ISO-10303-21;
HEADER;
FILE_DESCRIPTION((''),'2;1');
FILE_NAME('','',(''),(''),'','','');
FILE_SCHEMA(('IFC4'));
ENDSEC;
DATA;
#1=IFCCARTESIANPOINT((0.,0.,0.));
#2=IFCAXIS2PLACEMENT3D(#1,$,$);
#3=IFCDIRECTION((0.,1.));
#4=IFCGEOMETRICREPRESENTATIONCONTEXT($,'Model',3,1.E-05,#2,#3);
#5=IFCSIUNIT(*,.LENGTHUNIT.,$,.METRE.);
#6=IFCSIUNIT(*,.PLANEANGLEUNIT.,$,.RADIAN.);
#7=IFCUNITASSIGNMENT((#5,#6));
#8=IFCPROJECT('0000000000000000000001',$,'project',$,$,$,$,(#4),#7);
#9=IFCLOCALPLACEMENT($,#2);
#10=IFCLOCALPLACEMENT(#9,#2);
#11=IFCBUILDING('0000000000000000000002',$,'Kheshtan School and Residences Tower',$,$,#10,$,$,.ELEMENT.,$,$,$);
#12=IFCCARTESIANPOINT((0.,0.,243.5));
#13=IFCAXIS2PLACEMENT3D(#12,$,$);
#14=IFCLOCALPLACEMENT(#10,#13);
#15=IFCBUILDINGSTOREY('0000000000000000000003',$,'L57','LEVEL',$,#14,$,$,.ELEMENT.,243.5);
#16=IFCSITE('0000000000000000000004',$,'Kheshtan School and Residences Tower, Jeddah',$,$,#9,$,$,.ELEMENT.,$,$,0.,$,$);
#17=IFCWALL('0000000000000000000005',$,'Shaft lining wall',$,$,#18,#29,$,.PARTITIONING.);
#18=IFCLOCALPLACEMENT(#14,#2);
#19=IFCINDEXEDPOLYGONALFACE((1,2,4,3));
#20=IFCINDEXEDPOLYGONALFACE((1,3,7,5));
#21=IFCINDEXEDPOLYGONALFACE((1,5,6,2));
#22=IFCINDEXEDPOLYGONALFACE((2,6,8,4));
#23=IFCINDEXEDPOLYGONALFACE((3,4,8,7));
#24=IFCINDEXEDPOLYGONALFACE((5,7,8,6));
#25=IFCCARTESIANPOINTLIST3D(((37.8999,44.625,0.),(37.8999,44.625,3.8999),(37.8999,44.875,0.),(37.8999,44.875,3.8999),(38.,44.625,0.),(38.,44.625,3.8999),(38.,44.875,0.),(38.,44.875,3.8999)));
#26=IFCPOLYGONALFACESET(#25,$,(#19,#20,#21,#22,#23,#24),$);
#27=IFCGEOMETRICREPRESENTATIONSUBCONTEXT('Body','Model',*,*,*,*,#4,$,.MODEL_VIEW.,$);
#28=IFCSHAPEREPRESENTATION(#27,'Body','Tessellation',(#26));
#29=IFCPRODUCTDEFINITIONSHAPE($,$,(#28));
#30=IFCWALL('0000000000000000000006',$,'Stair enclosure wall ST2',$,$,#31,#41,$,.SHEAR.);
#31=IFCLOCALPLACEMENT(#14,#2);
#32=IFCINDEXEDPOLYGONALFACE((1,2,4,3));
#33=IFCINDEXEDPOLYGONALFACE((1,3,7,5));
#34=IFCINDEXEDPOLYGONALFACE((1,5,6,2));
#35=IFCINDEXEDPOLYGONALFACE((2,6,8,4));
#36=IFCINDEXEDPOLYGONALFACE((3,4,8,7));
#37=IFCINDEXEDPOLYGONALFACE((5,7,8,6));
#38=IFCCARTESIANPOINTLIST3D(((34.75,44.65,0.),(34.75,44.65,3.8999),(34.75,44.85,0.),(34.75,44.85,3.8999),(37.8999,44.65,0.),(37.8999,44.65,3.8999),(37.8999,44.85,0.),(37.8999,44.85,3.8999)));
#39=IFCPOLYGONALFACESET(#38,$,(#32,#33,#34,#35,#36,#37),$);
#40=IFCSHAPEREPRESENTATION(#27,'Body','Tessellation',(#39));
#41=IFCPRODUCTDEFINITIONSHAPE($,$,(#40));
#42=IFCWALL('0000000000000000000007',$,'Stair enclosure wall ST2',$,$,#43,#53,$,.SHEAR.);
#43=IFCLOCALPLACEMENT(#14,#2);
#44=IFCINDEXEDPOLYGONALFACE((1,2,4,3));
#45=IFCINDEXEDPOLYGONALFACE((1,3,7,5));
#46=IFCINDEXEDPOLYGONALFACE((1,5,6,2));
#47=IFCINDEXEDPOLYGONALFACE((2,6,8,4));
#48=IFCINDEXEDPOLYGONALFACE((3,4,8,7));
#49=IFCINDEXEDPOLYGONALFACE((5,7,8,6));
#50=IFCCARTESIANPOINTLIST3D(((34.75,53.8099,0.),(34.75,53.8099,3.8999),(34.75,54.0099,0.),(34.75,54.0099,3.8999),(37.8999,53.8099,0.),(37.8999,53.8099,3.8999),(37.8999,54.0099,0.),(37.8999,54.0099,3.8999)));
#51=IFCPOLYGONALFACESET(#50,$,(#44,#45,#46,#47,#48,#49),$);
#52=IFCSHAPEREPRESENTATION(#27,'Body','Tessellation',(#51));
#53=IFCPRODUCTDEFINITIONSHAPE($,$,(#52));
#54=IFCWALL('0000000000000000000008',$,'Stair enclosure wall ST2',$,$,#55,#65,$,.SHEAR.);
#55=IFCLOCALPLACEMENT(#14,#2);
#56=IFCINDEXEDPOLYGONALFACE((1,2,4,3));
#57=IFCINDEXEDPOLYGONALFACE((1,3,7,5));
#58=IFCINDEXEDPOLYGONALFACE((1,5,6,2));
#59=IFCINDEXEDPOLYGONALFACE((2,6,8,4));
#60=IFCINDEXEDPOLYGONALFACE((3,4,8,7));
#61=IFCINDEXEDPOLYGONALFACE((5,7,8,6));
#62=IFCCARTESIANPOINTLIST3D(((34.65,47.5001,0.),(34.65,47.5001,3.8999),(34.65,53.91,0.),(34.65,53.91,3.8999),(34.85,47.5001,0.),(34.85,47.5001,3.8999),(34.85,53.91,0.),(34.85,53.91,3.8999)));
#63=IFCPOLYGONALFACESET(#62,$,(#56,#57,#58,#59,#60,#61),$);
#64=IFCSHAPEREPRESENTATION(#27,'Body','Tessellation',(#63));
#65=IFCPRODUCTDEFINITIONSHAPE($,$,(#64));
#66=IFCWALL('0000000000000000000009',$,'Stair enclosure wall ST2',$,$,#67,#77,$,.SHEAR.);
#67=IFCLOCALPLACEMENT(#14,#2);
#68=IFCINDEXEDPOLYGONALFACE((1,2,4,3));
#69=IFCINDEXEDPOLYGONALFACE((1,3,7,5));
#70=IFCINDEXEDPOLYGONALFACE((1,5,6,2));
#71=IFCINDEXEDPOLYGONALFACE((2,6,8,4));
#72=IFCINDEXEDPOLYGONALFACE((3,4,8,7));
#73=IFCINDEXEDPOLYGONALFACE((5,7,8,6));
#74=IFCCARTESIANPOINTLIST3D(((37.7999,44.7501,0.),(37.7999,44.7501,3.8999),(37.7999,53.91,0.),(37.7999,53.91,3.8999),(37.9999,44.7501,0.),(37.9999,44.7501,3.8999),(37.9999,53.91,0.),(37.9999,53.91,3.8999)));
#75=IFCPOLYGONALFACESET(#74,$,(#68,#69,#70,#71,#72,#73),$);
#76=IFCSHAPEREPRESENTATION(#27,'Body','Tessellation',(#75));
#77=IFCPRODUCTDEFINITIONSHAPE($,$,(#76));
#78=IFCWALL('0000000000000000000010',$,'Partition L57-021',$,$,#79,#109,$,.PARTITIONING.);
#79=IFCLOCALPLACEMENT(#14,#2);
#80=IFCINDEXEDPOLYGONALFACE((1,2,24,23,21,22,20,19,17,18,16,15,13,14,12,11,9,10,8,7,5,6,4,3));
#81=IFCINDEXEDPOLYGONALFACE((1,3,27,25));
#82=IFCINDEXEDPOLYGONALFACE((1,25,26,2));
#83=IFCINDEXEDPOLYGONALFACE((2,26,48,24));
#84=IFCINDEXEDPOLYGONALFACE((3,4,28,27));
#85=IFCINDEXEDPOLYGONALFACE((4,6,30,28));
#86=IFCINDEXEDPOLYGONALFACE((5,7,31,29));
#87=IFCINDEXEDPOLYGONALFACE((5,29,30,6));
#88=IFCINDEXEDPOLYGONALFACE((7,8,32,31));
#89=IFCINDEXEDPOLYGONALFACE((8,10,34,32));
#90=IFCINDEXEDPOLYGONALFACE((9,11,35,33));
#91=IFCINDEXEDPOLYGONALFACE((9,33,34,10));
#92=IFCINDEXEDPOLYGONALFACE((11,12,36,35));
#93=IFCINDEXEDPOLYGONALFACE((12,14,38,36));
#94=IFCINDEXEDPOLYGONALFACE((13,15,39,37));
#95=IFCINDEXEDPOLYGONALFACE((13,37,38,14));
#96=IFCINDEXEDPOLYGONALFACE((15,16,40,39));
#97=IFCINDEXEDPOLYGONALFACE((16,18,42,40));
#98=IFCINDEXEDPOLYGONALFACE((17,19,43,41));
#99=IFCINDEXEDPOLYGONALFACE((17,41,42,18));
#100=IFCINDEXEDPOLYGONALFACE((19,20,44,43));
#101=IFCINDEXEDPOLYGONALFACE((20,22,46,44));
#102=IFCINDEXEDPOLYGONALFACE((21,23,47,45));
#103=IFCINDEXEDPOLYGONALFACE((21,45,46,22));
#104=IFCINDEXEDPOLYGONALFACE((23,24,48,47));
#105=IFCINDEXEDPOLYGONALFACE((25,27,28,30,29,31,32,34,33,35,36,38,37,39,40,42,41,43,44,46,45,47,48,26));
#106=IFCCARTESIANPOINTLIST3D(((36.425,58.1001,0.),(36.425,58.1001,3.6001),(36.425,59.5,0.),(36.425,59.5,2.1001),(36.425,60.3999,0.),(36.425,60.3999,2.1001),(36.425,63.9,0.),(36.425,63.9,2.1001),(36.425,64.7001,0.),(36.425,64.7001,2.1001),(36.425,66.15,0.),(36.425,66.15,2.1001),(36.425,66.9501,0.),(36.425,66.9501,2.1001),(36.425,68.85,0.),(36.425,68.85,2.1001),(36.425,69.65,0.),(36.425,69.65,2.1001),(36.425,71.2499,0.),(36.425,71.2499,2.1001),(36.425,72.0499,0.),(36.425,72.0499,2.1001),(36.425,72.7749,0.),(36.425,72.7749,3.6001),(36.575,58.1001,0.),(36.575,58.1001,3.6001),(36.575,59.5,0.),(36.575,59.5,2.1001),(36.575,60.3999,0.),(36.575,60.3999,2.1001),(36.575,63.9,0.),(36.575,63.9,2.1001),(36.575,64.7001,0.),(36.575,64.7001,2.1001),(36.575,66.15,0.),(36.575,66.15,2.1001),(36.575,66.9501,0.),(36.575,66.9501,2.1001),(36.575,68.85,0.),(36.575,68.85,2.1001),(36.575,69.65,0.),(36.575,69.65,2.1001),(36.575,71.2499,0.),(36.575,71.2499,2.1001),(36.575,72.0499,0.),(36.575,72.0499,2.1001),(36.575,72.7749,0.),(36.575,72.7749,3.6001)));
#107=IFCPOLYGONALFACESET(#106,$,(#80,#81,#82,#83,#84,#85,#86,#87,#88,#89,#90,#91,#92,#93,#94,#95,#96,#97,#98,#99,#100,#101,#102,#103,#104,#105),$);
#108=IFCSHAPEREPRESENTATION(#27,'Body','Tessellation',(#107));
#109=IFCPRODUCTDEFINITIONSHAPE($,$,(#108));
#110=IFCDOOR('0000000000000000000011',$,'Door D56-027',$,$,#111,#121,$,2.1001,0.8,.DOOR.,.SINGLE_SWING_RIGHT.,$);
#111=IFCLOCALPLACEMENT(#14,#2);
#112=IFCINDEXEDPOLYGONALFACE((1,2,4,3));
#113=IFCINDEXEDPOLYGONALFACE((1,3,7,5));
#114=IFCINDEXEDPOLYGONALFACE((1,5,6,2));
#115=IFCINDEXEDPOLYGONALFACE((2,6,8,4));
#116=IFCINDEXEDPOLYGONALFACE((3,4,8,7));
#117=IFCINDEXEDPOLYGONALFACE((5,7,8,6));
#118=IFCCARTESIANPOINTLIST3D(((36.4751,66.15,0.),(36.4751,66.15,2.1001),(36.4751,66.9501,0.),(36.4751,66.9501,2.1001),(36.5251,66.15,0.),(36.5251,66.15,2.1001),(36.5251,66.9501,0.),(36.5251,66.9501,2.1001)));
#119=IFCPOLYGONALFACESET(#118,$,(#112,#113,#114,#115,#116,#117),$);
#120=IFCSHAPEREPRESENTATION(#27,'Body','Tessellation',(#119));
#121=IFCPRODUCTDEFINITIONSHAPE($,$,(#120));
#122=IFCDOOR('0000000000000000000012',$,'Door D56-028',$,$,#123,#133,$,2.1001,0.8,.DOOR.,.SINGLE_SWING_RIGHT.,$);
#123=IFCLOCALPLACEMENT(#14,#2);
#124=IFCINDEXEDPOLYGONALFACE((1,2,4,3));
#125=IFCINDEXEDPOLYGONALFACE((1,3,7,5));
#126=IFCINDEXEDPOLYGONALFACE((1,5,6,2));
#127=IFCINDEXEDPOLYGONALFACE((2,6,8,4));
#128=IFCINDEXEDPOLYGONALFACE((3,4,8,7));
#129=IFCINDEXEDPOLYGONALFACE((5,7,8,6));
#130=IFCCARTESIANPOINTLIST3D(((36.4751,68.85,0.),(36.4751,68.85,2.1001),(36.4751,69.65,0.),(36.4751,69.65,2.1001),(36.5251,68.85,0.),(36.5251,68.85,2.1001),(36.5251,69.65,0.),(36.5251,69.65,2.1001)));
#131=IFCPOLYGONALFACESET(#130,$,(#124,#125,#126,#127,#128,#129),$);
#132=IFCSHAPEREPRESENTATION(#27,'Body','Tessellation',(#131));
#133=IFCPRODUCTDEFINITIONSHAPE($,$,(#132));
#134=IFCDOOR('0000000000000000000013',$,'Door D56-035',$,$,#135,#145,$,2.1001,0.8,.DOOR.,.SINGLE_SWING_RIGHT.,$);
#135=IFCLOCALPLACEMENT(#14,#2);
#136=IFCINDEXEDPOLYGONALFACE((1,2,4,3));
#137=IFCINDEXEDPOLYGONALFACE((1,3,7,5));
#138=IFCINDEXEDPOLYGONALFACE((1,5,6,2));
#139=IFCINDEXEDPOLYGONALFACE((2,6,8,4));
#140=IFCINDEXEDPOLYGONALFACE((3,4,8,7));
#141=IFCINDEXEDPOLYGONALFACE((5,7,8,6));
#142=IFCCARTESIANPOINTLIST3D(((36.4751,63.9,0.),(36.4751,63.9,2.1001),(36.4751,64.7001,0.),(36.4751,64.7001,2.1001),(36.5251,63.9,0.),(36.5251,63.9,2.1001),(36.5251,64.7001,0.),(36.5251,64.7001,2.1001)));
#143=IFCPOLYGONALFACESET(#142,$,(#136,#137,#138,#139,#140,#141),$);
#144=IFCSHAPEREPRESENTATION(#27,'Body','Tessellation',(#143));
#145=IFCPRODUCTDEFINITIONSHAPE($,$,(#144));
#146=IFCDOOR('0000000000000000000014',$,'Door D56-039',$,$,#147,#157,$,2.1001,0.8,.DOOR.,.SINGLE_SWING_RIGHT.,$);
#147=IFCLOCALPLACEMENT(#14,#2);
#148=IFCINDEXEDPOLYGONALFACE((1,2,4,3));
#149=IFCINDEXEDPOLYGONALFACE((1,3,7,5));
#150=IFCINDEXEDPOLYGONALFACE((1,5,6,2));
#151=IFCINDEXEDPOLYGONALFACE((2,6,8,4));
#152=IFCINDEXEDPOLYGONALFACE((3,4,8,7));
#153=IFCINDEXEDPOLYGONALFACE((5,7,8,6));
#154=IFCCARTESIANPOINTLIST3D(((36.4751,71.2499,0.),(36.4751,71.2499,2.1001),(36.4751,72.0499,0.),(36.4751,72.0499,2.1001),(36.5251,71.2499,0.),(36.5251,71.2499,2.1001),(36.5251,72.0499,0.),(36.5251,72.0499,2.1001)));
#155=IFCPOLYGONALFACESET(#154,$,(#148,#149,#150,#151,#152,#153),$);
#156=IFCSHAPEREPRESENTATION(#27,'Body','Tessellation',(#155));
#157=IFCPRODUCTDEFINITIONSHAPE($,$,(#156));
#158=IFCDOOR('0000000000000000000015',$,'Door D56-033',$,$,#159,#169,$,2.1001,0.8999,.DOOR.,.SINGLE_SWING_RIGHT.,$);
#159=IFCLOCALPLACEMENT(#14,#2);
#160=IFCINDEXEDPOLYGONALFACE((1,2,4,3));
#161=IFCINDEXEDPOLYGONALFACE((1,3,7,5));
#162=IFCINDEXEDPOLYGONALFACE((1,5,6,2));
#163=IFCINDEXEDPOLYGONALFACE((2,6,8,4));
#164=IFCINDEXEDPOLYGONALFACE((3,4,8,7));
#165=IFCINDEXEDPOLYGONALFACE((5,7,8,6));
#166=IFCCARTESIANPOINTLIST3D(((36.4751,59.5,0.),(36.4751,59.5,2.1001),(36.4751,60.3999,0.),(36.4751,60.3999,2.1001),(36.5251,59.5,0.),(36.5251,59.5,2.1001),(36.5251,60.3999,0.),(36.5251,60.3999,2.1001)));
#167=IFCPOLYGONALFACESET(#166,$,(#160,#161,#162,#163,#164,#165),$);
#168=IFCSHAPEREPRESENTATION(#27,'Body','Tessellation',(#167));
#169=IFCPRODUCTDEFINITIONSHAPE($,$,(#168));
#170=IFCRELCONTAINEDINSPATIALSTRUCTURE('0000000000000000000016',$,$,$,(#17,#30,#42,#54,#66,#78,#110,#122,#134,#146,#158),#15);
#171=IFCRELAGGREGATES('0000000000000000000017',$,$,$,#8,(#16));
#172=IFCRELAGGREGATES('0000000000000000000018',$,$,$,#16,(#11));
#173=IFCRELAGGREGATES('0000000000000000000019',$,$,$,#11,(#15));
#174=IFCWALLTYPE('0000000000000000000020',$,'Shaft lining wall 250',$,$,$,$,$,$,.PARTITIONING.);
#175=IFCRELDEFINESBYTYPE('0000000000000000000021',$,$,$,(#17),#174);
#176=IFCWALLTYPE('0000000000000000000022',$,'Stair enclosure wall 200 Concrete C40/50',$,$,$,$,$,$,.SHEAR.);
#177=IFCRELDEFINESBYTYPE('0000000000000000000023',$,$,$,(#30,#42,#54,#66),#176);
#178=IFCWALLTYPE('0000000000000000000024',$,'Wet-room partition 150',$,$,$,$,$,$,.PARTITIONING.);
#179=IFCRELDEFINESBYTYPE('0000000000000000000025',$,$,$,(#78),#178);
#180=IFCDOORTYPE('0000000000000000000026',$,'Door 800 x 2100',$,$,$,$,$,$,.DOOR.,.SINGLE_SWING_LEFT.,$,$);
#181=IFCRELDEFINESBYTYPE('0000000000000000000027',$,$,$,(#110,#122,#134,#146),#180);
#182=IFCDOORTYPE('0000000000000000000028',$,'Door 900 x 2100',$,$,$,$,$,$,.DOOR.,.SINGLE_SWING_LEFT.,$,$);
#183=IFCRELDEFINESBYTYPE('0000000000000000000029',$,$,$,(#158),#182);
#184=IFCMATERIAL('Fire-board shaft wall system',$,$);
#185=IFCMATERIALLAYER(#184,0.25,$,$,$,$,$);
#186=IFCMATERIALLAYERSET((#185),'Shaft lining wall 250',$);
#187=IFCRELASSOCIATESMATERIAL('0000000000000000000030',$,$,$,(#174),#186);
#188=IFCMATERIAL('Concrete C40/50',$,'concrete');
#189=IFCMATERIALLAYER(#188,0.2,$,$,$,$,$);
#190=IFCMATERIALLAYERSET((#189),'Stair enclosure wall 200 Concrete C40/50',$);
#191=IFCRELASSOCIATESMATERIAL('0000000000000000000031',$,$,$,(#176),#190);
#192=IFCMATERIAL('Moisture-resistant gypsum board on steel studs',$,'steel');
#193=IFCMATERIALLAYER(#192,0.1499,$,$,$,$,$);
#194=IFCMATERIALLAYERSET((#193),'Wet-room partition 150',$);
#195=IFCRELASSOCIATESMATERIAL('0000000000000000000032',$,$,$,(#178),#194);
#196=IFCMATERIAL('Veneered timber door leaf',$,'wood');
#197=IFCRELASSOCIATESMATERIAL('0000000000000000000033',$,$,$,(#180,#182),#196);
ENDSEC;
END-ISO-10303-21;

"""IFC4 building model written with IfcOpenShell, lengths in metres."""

from ifc_helpers import new_model, si_unit, direction, frame, frame_2d, origin, place, context, subcontext, project, spatial, rectangle, extrude, source, transform, mapped, material, layer, layer_set, type_object, element, fill, save


model = new_model("IFC4")

# Units and contexts
model_context = context("Model", 3, precision=1e-05, world=origin(), true_north=direction((0.0, 1.0)))
body_context = subcontext(model_context, "Body", "Model", "MODEL_VIEW")
ifc_project = project(units=[si_unit("LENGTHUNIT", "METRE"), si_unit("PLANEANGLEUNIT", "RADIAN")], contexts=[model_context])

# Site, building, storey
site_placement = place(None, origin())
site = spatial("IfcSite", under=ifc_project, at=site_placement, Name="Kheshtan School and Residences Tower, Jeddah", CompositionType="ELEMENT", RefElevation=0.0)
building_placement = place(site_placement, origin())
building = spatial("IfcBuilding", under=site, at=building_placement, Name="Kheshtan School and Residences Tower", CompositionType="ELEMENT")
storey_placement = place(building_placement, frame((0.0, 0.0, 243.5)))
storey = spatial("IfcBuildingStorey", under=building, at=storey_placement, Name="L57", Description="LEVEL", CompositionType="ELEMENT", Elevation=243.5)

# Walls
ifc_material_1 = material(Name="Fire-board shaft wall system")
ifc_layer_1 = layer(ifc_material_1, 0.25)
ifc_layer_set_1 = layer_set([ifc_layer_1], Name="Shaft lining wall 250")
wall_type_1 = type_object("IfcWallType", Name="Shaft lining wall 250", PredefinedType="PARTITIONING", material=ifc_layer_set_1)
wall_1_placement = place(storey_placement, frame((37.8999, 44.75, 0.0), z_axis=(0.0, 0.0, 1.0), x_axis=(1.0, 0.0, 0.0)))
element("IfcWall", 1, at=wall_1_placement, inside=storey, type_object=wall_type_1, Name="Shaft lining wall", PredefinedType="PARTITIONING", context=body_context, shape_type="SweptSolid", body=[
    extrude(rectangle(XDim=0.1001, YDim=0.25, at=frame_2d((0.05, 0.0))), origin(), (0.0, 0.0, 1.0), 3.8999),
])
ifc_material_2 = material(Name="Concrete C40/50", Category="concrete")
ifc_layer_2 = layer(ifc_material_2, 0.2)
ifc_layer_set_2 = layer_set([ifc_layer_2], Name="Stair enclosure wall 200 Concrete C40/50")
wall_type_2 = type_object("IfcWallType", Name="Stair enclosure wall 200 Concrete C40/50", PredefinedType="SHEAR", material=ifc_layer_set_2)
for number, where, z_axis, x_axis, name in (
    (2, (34.75, 44.75, 0.0), (0.0, 0.0, 1.0), (1.0, 0.0, 0.0), "Stair enclosure wall ST2"),
    (3, (34.75, 53.9099, 0.0), (0.0, 0.0, 1.0), (1.0, 0.0, 0.0), "Stair enclosure wall ST2"),
):
    element("IfcWall", number, at=place(storey_placement, frame(where, z_axis=z_axis, x_axis=x_axis)), inside=storey, type_object=wall_type_2, Name=name, PredefinedType="SHEAR", context=body_context, shape_type="SweptSolid", body=[
        extrude(rectangle(XDim=3.1499, YDim=0.2, at=frame_2d((1.575, 0.0))), origin(), (0.0, 0.0, 1.0), 3.8999),
    ])
wall_2_placement = place(storey_placement, frame((34.75, 47.5, 0.0), z_axis=(0.0, 0.0, 1.0), x_axis=(0.0, 1.0, 0.0)))
element("IfcWall", 4, at=wall_2_placement, inside=storey, type_object=wall_type_2, Name="Stair enclosure wall ST2", PredefinedType="SHEAR", context=body_context, shape_type="SweptSolid", body=[
    extrude(rectangle(XDim=6.4099, YDim=0.2, at=frame_2d((3.2051, 0.0))), origin(), (0.0, 0.0, 1.0), 3.8999),
])
wall_3_placement = place(storey_placement, frame((37.8999, 44.75, 0.0), z_axis=(0.0, 0.0, 1.0), x_axis=(0.0, 1.0, 0.0)))
element("IfcWall", 5, at=wall_3_placement, inside=storey, type_object=wall_type_2, Name="Stair enclosure wall ST2", PredefinedType="SHEAR", context=body_context, shape_type="SweptSolid", body=[
    extrude(rectangle(XDim=9.1599, YDim=0.2, at=frame_2d((4.5801, 0.0))), origin(), (0.0, 0.0, 1.0), 3.8999),
])

# Wall, openings, doors
ifc_material_3 = material(Name="Moisture-resistant gypsum board on steel studs", Category="steel")
ifc_layer_3 = layer(ifc_material_3, 0.1499)
ifc_layer_set_3 = layer_set([ifc_layer_3], Name="Wet-room partition 150")
wall_type_3 = type_object("IfcWallType", Name="Wet-room partition 150", PredefinedType="PARTITIONING", material=ifc_layer_set_3)
wall_4_placement = place(storey_placement, frame((36.5, 58.1001, 0.0), z_axis=(0.0, 0.0, 1.0), x_axis=(0.0, 1.0, 0.0)))
wall_4 = element("IfcWall", 6, at=wall_4_placement, inside=storey, type_object=wall_type_3, Name="Partition L57-021", PredefinedType="PARTITIONING", context=body_context, shape_type="SweptSolid", body=[
    extrude(rectangle(XDim=14.6748, YDim=0.1499, at=frame_2d((7.3374, 0.0))), origin(), (0.0, 0.0, 1.0), 3.6001),
])
opening_1_placement = place(wall_4_placement, frame((8.05, 0.0, 0.0)))
opening_1 = element("IfcOpeningElement", 7, at=opening_1_placement, cuts=wall_4, PredefinedType="OPENING", context=body_context, shape_type="SweptSolid", body=[
    extrude(rectangle(XDim=0.8, YDim=2.1001, at=frame_2d((0.3999, 1.05))), frame((0.0, 0.085, 0.0), z_axis=(0.0, -1.0, 0.0), x_axis=(1.0, 0.0, 0.0)), (0.0, 0.0, 1.0), 0.1699),
])
opening_2_placement = place(wall_4_placement, frame((10.75, 0.0, 0.0)))
opening_2 = element("IfcOpeningElement", 8, at=opening_2_placement, cuts=wall_4, PredefinedType="OPENING", context=body_context, shape_type="SweptSolid", body=[
    extrude(rectangle(XDim=0.8, YDim=2.1001, at=frame_2d((0.3999, 1.05))), frame((0.0, 0.085, 0.0), z_axis=(0.0, -1.0, 0.0), x_axis=(1.0, 0.0, 0.0)), (0.0, 0.0, 1.0), 0.1699),
])
opening_3_placement = place(wall_4_placement, frame((1.3999, 0.0, 0.0)))
opening_3 = element("IfcOpeningElement", 9, at=opening_3_placement, cuts=wall_4, PredefinedType="OPENING", context=body_context, shape_type="SweptSolid", body=[
    extrude(rectangle(XDim=0.8999, YDim=2.1001, at=frame_2d((0.45, 1.05))), frame((0.0, 0.085, 0.0), z_axis=(0.0, -1.0, 0.0), x_axis=(1.0, 0.0, 0.0)), (0.0, 0.0, 1.0), 0.1699),
])
opening_4_placement = place(wall_4_placement, frame((5.8, 0.0, 0.0)))
opening_4 = element("IfcOpeningElement", 10, at=opening_4_placement, cuts=wall_4, PredefinedType="OPENING", context=body_context, shape_type="SweptSolid", body=[
    extrude(rectangle(XDim=0.8, YDim=2.1001, at=frame_2d((0.3999, 1.05))), frame((0.0, 0.085, 0.0), z_axis=(0.0, -1.0, 0.0), x_axis=(1.0, 0.0, 0.0)), (0.0, 0.0, 1.0), 0.1699),
])
opening_5_placement = place(wall_4_placement, frame((13.1499, 0.0, 0.0)))
opening_5 = element("IfcOpeningElement", 11, at=opening_5_placement, cuts=wall_4, PredefinedType="OPENING", context=body_context, shape_type="SweptSolid", body=[
    extrude(rectangle(XDim=0.8, YDim=2.1001, at=frame_2d((0.3999, 1.05))), frame((0.0, 0.085, 0.0), z_axis=(0.0, -1.0, 0.0), x_axis=(1.0, 0.0, 0.0)), (0.0, 0.0, 1.0), 0.1699),
])
ifc_material_4 = material(Name="Veneered timber door leaf", Category="wood")
door_type_1 = type_object("IfcDoorType", Name="Door 800 x 2100", OperationType="SINGLE_SWING_LEFT", PredefinedType="DOOR", material=ifc_material_4)
shared_shape_1 = source(origin(), body_context, "Body", "SweptSolid", [
    extrude(rectangle(XDim=0.8, YDim=2.1001, at=frame_2d((0.3999, 1.05))), frame((0.0, 0.0249, 0.0), z_axis=(0.0, -1.0, 0.0), x_axis=(1.0, 0.0, 0.0)), (0.0, 0.0, 1.0), 0.05),
])
door_1_placement = place(opening_1_placement, origin())
door_1 = element("IfcDoor", 12, at=door_1_placement, inside=storey, type_object=door_type_1, Name="Door D56-027", OperationType="SINGLE_SWING_RIGHT", OverallHeight=2.1001, OverallWidth=0.8, PredefinedType="DOOR", context=body_context, shape_type="MappedRepresentation", body=[
    mapped(shared_shape_1, transform((0.0, 0.0, 0.0), x_axis=(1.0, 0.0, 0.0), y_axis=(0.0, 1.0, 0.0), z_axis=(0.0, 0.0, 1.0), scale=1.0)),
])
fill(opening_1, door_1)
door_2_placement = place(opening_2_placement, origin())
door_2 = element("IfcDoor", 13, at=door_2_placement, inside=storey, type_object=door_type_1, Name="Door D56-028", OperationType="SINGLE_SWING_RIGHT", OverallHeight=2.1001, OverallWidth=0.8, PredefinedType="DOOR", context=body_context, shape_type="MappedRepresentation", body=[
    mapped(shared_shape_1, transform((0.0, 0.0, 0.0), x_axis=(1.0, 0.0, 0.0), y_axis=(0.0, 1.0, 0.0), z_axis=(0.0, 0.0, 1.0), scale=1.0)),
])
fill(opening_2, door_2)
door_3_placement = place(opening_4_placement, origin())
door_3 = element("IfcDoor", 14, at=door_3_placement, inside=storey, type_object=door_type_1, Name="Door D56-035", OperationType="SINGLE_SWING_RIGHT", OverallHeight=2.1001, OverallWidth=0.8, PredefinedType="DOOR", context=body_context, shape_type="MappedRepresentation", body=[
    mapped(shared_shape_1, transform((0.0, 0.0, 0.0), x_axis=(1.0, 0.0, 0.0), y_axis=(0.0, 1.0, 0.0), z_axis=(0.0, 0.0, 1.0), scale=1.0)),
])
fill(opening_4, door_3)
door_4_placement = place(opening_5_placement, origin())
door_4 = element("IfcDoor", 15, at=door_4_placement, inside=storey, type_object=door_type_1, Name="Door D56-039", OperationType="SINGLE_SWING_RIGHT", OverallHeight=2.1001, OverallWidth=0.8, PredefinedType="DOOR", context=body_context, shape_type="MappedRepresentation", body=[
    mapped(shared_shape_1, transform((0.0, 0.0, 0.0), x_axis=(1.0, 0.0, 0.0), y_axis=(0.0, 1.0, 0.0), z_axis=(0.0, 0.0, 1.0), scale=1.0)),
])
fill(opening_5, door_4)
door_type_2 = type_object("IfcDoorType", Name="Door 900 x 2100", OperationType="SINGLE_SWING_LEFT", PredefinedType="DOOR", material=ifc_material_4)
shared_shape_2 = source(origin(), body_context, "Body", "SweptSolid", [
    extrude(rectangle(XDim=0.8999, YDim=2.1001, at=frame_2d((0.45, 1.05))), frame((0.0, 0.0249, 0.0), z_axis=(0.0, -1.0, 0.0), x_axis=(1.0, 0.0, 0.0)), (0.0, 0.0, 1.0), 0.05),
])
door_5_placement = place(opening_3_placement, origin())
door_5 = element("IfcDoor", 16, at=door_5_placement, inside=storey, type_object=door_type_2, Name="Door D56-033", OperationType="SINGLE_SWING_RIGHT", OverallHeight=2.1001, OverallWidth=0.8999, PredefinedType="DOOR", context=body_context, shape_type="MappedRepresentation", body=[
    mapped(shared_shape_2, transform((0.0, 0.0, 0.0), x_axis=(1.0, 0.0, 0.0), y_axis=(0.0, 1.0, 0.0), z_axis=(0.0, 0.0, 1.0), scale=1.0)),
])
fill(opening_3, door_5)

save(model, "model.ifc")
